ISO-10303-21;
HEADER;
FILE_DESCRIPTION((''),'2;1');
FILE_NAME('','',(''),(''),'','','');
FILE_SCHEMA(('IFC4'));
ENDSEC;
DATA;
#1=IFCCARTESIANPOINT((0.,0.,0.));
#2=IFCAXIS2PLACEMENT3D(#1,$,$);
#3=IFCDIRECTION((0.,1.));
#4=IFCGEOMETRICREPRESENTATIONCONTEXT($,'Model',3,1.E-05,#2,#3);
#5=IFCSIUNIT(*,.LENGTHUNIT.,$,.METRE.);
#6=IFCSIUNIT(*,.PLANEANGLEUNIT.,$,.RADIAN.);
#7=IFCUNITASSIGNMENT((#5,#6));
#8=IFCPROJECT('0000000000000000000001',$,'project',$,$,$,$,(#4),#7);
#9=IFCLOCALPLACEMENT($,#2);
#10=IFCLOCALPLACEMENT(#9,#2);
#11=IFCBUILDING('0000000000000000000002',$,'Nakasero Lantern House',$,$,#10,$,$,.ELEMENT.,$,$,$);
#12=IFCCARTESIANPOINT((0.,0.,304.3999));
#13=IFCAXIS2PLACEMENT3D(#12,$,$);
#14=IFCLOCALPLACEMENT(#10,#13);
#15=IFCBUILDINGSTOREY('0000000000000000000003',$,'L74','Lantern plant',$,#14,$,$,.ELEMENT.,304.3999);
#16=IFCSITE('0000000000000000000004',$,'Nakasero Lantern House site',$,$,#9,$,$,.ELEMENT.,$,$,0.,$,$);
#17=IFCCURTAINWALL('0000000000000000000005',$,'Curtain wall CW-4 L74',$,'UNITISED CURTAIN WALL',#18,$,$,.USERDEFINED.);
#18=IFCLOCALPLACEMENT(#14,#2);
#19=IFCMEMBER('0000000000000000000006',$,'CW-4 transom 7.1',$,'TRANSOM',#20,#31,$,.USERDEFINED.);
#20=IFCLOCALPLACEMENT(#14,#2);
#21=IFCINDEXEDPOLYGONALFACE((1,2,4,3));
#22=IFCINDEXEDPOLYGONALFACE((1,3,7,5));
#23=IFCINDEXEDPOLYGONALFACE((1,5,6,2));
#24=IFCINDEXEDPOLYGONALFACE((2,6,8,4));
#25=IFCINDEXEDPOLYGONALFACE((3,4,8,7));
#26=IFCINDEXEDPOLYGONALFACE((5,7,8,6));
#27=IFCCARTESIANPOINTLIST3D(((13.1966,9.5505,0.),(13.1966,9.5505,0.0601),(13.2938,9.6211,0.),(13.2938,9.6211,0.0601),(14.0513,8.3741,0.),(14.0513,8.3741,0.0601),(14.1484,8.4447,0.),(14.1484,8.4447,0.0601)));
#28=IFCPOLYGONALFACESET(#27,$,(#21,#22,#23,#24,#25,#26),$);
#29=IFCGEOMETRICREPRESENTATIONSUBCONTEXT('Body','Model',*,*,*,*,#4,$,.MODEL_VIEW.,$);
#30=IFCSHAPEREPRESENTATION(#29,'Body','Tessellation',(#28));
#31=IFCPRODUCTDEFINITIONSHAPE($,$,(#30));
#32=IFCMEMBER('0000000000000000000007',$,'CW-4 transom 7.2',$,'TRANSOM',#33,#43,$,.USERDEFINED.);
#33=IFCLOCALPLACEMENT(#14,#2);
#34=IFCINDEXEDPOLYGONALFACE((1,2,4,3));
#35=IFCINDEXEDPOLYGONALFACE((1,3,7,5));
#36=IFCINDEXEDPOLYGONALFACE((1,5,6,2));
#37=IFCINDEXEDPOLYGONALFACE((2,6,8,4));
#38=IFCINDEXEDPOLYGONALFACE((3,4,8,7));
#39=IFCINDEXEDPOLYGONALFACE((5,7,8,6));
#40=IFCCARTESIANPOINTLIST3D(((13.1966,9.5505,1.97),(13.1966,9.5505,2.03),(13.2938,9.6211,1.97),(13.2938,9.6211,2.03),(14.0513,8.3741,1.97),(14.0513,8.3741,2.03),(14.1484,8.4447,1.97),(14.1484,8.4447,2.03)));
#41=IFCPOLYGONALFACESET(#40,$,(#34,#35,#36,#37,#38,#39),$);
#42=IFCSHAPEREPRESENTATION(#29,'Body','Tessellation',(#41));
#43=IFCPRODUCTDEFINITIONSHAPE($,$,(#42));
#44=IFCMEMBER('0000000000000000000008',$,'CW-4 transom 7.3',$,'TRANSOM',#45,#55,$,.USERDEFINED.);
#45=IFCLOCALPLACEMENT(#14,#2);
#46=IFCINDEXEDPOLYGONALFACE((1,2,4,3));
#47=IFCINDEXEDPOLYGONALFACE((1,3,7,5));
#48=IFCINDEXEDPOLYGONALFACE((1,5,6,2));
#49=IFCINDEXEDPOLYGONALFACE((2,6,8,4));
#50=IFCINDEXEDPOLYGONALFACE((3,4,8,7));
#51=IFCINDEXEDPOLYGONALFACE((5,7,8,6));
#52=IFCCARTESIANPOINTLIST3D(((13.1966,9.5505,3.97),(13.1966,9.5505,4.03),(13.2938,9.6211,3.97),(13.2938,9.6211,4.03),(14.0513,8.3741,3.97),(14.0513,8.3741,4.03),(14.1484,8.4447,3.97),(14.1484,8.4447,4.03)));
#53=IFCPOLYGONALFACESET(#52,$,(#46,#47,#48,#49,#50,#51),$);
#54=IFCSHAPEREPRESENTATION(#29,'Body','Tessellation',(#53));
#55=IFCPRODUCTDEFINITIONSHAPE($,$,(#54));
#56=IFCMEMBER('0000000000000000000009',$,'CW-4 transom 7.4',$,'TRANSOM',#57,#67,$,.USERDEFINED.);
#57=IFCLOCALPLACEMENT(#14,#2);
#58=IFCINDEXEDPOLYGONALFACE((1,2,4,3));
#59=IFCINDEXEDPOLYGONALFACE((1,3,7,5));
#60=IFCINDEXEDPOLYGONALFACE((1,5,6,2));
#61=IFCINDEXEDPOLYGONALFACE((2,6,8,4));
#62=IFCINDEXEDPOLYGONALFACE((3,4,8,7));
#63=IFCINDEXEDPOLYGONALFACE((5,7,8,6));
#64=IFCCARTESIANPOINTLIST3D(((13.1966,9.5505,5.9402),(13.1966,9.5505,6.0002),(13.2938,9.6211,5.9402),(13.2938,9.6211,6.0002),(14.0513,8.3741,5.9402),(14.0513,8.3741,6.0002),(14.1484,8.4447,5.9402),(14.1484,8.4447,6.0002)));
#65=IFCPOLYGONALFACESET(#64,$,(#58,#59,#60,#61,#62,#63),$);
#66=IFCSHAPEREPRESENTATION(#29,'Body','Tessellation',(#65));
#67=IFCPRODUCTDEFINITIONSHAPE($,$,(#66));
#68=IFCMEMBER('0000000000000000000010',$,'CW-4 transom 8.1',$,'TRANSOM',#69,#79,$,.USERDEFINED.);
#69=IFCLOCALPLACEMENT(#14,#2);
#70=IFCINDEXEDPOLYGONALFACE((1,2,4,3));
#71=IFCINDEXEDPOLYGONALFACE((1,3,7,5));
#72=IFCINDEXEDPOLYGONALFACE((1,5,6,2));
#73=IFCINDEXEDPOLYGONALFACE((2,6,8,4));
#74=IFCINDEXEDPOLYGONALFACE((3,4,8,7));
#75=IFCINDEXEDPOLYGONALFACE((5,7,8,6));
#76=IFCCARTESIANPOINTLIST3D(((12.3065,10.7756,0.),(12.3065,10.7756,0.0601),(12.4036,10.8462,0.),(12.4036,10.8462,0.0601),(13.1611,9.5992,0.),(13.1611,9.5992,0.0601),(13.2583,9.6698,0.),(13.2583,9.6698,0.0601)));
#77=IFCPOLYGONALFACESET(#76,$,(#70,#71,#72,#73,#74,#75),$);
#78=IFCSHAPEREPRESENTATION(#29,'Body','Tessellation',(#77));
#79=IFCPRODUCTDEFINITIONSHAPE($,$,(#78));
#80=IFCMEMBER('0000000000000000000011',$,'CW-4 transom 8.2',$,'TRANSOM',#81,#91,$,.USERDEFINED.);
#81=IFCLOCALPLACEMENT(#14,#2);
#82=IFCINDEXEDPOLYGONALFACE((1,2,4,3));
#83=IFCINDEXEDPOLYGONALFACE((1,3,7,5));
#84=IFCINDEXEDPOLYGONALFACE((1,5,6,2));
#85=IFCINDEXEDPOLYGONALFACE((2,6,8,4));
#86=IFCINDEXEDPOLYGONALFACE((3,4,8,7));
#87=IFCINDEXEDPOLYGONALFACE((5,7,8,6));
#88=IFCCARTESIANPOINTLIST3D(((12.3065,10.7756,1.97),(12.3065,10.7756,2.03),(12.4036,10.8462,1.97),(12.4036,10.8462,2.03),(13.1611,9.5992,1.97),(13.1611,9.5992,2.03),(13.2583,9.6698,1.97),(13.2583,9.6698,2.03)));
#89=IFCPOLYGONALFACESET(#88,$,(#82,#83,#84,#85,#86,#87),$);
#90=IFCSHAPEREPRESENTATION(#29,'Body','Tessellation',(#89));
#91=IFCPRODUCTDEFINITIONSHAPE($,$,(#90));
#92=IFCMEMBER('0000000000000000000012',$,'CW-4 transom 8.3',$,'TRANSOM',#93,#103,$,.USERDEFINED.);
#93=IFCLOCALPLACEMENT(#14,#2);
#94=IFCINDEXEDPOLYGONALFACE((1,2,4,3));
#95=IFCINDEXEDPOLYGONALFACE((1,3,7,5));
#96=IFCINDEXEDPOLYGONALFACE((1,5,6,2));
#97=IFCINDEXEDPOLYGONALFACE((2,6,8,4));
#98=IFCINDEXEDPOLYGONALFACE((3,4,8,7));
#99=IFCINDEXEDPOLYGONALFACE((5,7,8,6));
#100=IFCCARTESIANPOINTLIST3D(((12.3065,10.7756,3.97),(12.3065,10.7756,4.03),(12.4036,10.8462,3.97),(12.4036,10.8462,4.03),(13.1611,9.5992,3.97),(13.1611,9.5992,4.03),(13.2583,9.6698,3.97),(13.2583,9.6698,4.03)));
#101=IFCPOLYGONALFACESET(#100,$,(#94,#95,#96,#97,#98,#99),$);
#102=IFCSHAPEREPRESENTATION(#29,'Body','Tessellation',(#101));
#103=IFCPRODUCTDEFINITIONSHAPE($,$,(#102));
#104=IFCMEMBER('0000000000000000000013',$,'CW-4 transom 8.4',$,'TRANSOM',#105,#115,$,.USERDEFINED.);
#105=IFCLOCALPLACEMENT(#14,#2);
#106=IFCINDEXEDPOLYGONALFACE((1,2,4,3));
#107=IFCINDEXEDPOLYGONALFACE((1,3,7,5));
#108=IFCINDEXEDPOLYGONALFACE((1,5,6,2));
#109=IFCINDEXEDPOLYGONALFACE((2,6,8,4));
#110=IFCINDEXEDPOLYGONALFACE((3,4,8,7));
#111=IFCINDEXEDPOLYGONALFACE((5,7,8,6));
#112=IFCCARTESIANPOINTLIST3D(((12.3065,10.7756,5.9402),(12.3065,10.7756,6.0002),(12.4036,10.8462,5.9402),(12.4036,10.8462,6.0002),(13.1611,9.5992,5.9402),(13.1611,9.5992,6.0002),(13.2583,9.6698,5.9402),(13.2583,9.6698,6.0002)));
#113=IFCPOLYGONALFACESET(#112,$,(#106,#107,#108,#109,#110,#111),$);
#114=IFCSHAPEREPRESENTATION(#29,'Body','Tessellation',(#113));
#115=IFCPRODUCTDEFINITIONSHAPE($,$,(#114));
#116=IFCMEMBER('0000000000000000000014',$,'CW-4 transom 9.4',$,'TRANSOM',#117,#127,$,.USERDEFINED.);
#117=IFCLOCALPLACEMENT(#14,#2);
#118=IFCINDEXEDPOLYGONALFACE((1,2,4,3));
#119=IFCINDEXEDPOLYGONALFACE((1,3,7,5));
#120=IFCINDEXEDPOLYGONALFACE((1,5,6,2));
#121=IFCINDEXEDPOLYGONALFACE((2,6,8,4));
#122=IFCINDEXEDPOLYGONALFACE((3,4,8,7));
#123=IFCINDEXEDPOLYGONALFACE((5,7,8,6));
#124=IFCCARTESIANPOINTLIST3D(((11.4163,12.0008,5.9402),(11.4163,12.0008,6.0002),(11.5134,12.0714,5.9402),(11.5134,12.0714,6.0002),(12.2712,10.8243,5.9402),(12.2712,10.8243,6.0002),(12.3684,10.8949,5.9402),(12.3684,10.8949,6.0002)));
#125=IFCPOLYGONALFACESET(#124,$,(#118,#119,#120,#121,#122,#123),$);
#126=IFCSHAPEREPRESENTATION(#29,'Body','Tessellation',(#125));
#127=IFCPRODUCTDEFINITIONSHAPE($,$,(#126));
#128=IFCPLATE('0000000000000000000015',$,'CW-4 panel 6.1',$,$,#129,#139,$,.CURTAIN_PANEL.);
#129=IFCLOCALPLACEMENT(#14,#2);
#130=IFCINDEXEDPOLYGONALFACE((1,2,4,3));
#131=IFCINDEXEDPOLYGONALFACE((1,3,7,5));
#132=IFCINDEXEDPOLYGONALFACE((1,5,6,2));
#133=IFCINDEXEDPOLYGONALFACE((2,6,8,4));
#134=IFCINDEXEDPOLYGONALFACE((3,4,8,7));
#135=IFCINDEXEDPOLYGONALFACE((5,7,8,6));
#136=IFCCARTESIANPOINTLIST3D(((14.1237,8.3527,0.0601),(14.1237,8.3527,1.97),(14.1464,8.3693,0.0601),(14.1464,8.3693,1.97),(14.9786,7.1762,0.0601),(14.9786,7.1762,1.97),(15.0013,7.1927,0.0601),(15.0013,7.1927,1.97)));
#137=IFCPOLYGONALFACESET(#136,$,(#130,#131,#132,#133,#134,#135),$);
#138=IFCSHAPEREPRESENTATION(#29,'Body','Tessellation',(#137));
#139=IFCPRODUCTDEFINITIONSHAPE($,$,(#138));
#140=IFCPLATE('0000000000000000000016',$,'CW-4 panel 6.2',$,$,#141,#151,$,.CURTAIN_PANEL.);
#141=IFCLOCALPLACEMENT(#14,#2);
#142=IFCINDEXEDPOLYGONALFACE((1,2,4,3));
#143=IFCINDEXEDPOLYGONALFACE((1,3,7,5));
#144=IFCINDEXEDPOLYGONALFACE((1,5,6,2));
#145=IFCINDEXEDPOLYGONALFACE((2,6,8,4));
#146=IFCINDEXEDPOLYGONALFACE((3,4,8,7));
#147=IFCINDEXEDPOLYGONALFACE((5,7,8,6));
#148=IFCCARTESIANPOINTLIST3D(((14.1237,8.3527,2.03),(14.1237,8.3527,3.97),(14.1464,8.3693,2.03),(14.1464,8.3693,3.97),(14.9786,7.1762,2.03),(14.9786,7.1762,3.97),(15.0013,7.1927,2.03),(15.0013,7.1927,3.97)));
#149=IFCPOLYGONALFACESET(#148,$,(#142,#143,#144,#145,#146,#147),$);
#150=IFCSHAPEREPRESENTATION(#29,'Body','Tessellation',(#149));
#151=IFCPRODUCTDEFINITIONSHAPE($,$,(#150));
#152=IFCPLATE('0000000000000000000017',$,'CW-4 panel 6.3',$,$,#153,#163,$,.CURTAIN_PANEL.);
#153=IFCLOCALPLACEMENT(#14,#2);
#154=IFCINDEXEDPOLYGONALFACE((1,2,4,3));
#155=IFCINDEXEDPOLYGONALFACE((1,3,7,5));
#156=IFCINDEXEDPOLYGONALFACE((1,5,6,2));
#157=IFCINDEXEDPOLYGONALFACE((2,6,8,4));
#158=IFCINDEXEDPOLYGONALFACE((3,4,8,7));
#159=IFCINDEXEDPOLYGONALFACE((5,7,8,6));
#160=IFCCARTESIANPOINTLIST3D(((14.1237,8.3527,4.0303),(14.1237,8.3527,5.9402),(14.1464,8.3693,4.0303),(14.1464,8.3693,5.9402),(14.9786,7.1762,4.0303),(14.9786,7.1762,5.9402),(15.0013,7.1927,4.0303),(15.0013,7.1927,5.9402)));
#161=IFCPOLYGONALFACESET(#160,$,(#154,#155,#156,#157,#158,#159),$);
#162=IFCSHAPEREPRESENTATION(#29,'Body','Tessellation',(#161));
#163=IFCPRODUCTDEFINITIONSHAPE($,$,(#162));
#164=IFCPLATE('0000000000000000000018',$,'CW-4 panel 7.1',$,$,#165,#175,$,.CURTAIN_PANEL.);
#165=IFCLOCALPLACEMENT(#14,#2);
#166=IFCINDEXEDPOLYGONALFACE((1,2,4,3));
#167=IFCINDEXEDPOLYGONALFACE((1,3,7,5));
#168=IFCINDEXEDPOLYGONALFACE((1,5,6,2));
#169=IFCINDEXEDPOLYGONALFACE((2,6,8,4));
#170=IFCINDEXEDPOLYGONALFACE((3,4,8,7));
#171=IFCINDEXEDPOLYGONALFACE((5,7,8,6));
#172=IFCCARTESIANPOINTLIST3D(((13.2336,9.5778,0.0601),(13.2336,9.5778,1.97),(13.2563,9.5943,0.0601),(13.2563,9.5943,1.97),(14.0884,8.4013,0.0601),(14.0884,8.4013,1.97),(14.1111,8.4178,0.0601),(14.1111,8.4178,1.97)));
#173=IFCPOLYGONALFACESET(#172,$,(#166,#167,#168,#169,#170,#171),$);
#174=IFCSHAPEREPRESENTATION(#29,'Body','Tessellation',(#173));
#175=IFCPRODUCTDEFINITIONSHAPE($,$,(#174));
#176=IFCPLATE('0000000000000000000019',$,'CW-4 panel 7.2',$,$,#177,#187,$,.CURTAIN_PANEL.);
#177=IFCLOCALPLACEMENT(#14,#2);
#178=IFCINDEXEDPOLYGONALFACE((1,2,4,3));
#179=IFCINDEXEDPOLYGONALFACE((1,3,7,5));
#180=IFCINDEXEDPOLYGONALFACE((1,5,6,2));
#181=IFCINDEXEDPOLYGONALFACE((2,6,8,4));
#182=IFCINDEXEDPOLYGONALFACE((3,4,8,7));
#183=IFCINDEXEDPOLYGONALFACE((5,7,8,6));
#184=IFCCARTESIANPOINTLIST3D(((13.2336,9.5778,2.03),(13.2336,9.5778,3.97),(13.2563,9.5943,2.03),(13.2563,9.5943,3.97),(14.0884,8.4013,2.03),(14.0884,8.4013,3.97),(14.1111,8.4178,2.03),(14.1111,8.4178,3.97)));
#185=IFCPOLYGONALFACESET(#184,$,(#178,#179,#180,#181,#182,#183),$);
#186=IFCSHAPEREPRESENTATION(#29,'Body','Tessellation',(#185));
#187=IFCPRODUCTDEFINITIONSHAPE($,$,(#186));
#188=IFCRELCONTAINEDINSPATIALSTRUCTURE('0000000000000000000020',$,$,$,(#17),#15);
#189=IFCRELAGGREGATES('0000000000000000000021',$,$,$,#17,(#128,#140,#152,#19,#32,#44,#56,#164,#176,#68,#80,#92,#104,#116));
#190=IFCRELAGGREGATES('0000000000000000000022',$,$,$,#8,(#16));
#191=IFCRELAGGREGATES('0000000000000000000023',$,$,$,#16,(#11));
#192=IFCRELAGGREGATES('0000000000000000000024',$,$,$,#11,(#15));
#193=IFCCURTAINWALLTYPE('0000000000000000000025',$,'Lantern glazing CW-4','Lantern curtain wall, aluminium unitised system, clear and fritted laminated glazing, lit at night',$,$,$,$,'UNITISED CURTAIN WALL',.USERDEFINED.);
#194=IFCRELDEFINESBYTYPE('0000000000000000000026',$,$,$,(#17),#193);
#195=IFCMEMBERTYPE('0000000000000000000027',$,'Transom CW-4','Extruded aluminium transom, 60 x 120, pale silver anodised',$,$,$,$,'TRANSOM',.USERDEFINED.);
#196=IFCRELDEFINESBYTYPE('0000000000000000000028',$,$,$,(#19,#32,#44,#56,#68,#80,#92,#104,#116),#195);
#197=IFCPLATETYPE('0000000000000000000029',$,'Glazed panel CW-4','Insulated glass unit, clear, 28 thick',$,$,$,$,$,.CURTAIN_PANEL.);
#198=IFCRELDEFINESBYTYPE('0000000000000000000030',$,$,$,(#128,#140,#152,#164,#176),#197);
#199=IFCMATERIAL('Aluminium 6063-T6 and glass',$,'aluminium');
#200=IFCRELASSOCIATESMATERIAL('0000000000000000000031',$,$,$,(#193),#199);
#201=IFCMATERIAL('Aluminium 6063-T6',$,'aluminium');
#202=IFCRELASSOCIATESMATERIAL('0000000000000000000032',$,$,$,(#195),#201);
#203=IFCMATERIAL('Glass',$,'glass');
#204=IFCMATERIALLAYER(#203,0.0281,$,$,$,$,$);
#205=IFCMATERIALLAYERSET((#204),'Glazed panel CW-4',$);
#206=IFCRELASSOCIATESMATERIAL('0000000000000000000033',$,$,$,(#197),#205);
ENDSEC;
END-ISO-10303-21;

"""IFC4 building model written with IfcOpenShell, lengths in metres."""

from ifc_helpers import new_model, si_unit, direction, frame, origin, origin_2d, place, context, subcontext, project, spatial, rectangle, extrude, material, layer, layer_set, material_profile, profile_set, type_object, element, aggregate, save


model = new_model("IFC4")

# Units and contexts
model_context = context("Model", 3, precision=1e-05, world=origin(), true_north=direction((0.0, 1.0)))
body_context = subcontext(model_context, "Body", "Model", "MODEL_VIEW")
ifc_project = project(units=[si_unit("LENGTHUNIT", "METRE"), si_unit("PLANEANGLEUNIT", "RADIAN")], contexts=[model_context])

# Site, building, storey
site_placement = place(None, origin())
site = spatial("IfcSite", under=ifc_project, at=site_placement, Name="Nakasero Lantern House site", CompositionType="ELEMENT", RefElevation=0.0)
building_placement = place(site_placement, origin())
building = spatial("IfcBuilding", under=site, at=building_placement, Name="Nakasero Lantern House", CompositionType="ELEMENT")
storey_placement = place(building_placement, frame((0.0, 0.0, 304.3999)))
storey = spatial("IfcBuildingStorey", under=building, at=storey_placement, Name="L74", Description="Lantern plant", CompositionType="ELEMENT", Elevation=304.3999)

# Curtain wall
ifc_material_1 = material(Name="Aluminium 6063-T6 and glass", Category="aluminium")
curtain_wall_type = type_object("IfcCurtainWallType", Name="Lantern glazing CW-4", Description="Lantern curtain wall, aluminium unitised system, clear and fritted laminated glazing, lit at night", ElementType="UNITISED CURTAIN WALL", PredefinedType="USERDEFINED", material=ifc_material_1)
curtain_wall_placement = place(storey_placement, origin())
curtain_wall = element("IfcCurtainWall", 1, at=curtain_wall_placement, inside=storey, type_object=curtain_wall_type, Name="Curtain wall CW-4 L74", ObjectType="UNITISED CURTAIN WALL", PredefinedType="USERDEFINED")

# Members
ifc_material_2 = material(Name="Aluminium 6063-T6", Category="aluminium")
ifc_material_profile_1 = material_profile(ifc_material_2, rectangle(XDim=0.0601, YDim=0.1201, at=origin_2d()), Name="CW-4 transom 60x120")
ifc_profile_set_1 = profile_set([ifc_material_profile_1], Name="Aluminium 6063-T6")
member_type_1 = type_object("IfcMemberType", Name="Transom CW-4", Description="Extruded aluminium transom, 60 x 120, pale silver anodised", ElementType="TRANSOM", PredefinedType="USERDEFINED", material=ifc_profile_set_1)
member_1_placement = place(storey_placement, frame((14.0999, 8.4094, 0.03), z_axis=(-0.587762, 0.809034, 0.0), x_axis=(0.0, 0.0, 1.0)))
member_1 = element("IfcMember", 2, at=member_1_placement, type_object=member_type_1, Name="CW-4 transom 7.1", ObjectType="TRANSOM", PredefinedType="USERDEFINED", context=body_context, shape_type="SweptSolid", body=[
    extrude(rectangle(XDim=0.0601, YDim=0.1201, at=origin_2d()), origin(), (0.0, 0.0, 1.0), 1.4541),
])
member_2_placement = place(storey_placement, frame((14.0999, 8.4094, 2.0), z_axis=(-0.587762, 0.809034, 0.0), x_axis=(0.0, 0.0, 1.0)))
member_2 = element("IfcMember", 3, at=member_2_placement, type_object=member_type_1, Name="CW-4 transom 7.2", ObjectType="TRANSOM", PredefinedType="USERDEFINED", context=body_context, shape_type="SweptSolid", body=[
    extrude(rectangle(XDim=0.0601, YDim=0.1201, at=origin_2d()), origin(), (0.0, 0.0, 1.0), 1.4541),
])
member_3_placement = place(storey_placement, frame((14.0999, 8.4094, 4.0), z_axis=(-0.587762, 0.809034, 0.0), x_axis=(0.0, 0.0, 1.0)))
member_3 = element("IfcMember", 4, at=member_3_placement, type_object=member_type_1, Name="CW-4 transom 7.3", ObjectType="TRANSOM", PredefinedType="USERDEFINED", context=body_context, shape_type="SweptSolid", body=[
    extrude(rectangle(XDim=0.0601, YDim=0.1201, at=origin_2d()), origin(), (0.0, 0.0, 1.0), 1.4541),
])
member_4_placement = place(storey_placement, frame((14.0999, 8.4094, 5.9702), z_axis=(-0.587762, 0.809034, 0.0), x_axis=(0.0, 0.0, 1.0)))
member_4 = element("IfcMember", 5, at=member_4_placement, type_object=member_type_1, Name="CW-4 transom 7.4", ObjectType="TRANSOM", PredefinedType="USERDEFINED", context=body_context, shape_type="SweptSolid", body=[
    extrude(rectangle(XDim=0.0601, YDim=0.1201, at=origin_2d()), origin(), (0.0, 0.0, 1.0), 1.4541),
])
member_5_placement = place(storey_placement, frame((13.2097, 9.6345, 0.03), z_axis=(-0.587762, 0.809034, 0.0), x_axis=(0.0, 0.0, 1.0)))
member_5 = element("IfcMember", 6, at=member_5_placement, type_object=member_type_1, Name="CW-4 transom 8.1", ObjectType="TRANSOM", PredefinedType="USERDEFINED", context=body_context, shape_type="SweptSolid", body=[
    extrude(rectangle(XDim=0.0601, YDim=0.1201, at=origin_2d()), origin(), (0.0, 0.0, 1.0), 1.4541),
])
member_6_placement = place(storey_placement, frame((13.2097, 9.6345, 2.0), z_axis=(-0.587762, 0.809034, 0.0), x_axis=(0.0, 0.0, 1.0)))
member_6 = element("IfcMember", 7, at=member_6_placement, type_object=member_type_1, Name="CW-4 transom 8.2", ObjectType="TRANSOM", PredefinedType="USERDEFINED", context=body_context, shape_type="SweptSolid", body=[
    extrude(rectangle(XDim=0.0601, YDim=0.1201, at=origin_2d()), origin(), (0.0, 0.0, 1.0), 1.4541),
])
member_7_placement = place(storey_placement, frame((13.2097, 9.6345, 4.0), z_axis=(-0.587762, 0.809034, 0.0), x_axis=(0.0, 0.0, 1.0)))
member_7 = element("IfcMember", 8, at=member_7_placement, type_object=member_type_1, Name="CW-4 transom 8.3", ObjectType="TRANSOM", PredefinedType="USERDEFINED", context=body_context, shape_type="SweptSolid", body=[
    extrude(rectangle(XDim=0.0601, YDim=0.1201, at=origin_2d()), origin(), (0.0, 0.0, 1.0), 1.4541),
])
member_8_placement = place(storey_placement, frame((13.2097, 9.6345, 5.9702), z_axis=(-0.587762, 0.809034, 0.0), x_axis=(0.0, 0.0, 1.0)))
member_8 = element("IfcMember", 9, at=member_8_placement, type_object=member_type_1, Name="CW-4 transom 8.4", ObjectType="TRANSOM", PredefinedType="USERDEFINED", context=body_context, shape_type="SweptSolid", body=[
    extrude(rectangle(XDim=0.0601, YDim=0.1201, at=origin_2d()), origin(), (0.0, 0.0, 1.0), 1.4541),
])
member_9_placement = place(storey_placement, frame((12.3198, 10.8596, 5.9702), z_axis=(-0.587872, 0.808954, 0.0), x_axis=(0.0, 0.0, 1.0)))
member_9 = element("IfcMember", 10, at=member_9_placement, type_object=member_type_1, Name="CW-4 transom 9.4", ObjectType="TRANSOM", PredefinedType="USERDEFINED", context=body_context, shape_type="SweptSolid", body=[
    extrude(rectangle(XDim=0.0601, YDim=0.1201, at=origin_2d()), origin(), (0.0, 0.0, 1.0), 1.4543),
])

# Plates
ifc_material_3 = material(Name="Glass", Category="glass")
ifc_layer = layer(ifc_material_3, 0.0281)
ifc_layer_set = layer_set([ifc_layer], Name="Glazed panel CW-4")
plate_type = type_object("IfcPlateType", Name="Glazed panel CW-4", Description="Insulated glass unit, clear, 28 thick", PredefinedType="CURTAIN_PANEL", material=ifc_layer_set)
plate_1_placement = place(storey_placement, frame((14.5625, 7.7727, 0.0601), z_axis=(0.0, 0.0, 1.0), x_axis=(-0.587785, 0.809017, 0.0)))
plate_1 = element("IfcPlate", 11, at=plate_1_placement, type_object=plate_type, Name="CW-4 panel 6.1", PredefinedType="CURTAIN_PANEL", context=body_context, shape_type="SweptSolid", body=[
    extrude(rectangle(XDim=1.4543, YDim=0.0281, at=origin_2d()), origin(), (0.0, 0.0, 1.0), 1.9099),
])
plate_2_placement = place(storey_placement, frame((14.5625, 7.7727, 2.03), z_axis=(0.0, 0.0, 1.0), x_axis=(-0.587785, 0.809017, 0.0)))
plate_2 = element("IfcPlate", 12, at=plate_2_placement, type_object=plate_type, Name="CW-4 panel 6.2", PredefinedType="CURTAIN_PANEL", context=body_context, shape_type="SweptSolid", body=[
    extrude(rectangle(XDim=1.4543, YDim=0.0281, at=origin_2d()), origin(), (0.0, 0.0, 1.0), 1.9399),
])
plate_3_placement = place(storey_placement, frame((14.5625, 7.7727, 4.0303), z_axis=(0.0, 0.0, 1.0), x_axis=(-0.587785, 0.809017, 0.0)))
plate_3 = element("IfcPlate", 13, at=plate_3_placement, type_object=plate_type, Name="CW-4 panel 6.3", PredefinedType="CURTAIN_PANEL", context=body_context, shape_type="SweptSolid", body=[
    extrude(rectangle(XDim=1.4543, YDim=0.0281, at=origin_2d()), origin(), (0.0, 0.0, 1.0), 1.9099),
])
plate_4_placement = place(storey_placement, frame((13.6724, 8.9978, 0.0601), z_axis=(0.0, 0.0, 1.0), x_axis=(-0.587785, 0.809017, 0.0)))
plate_4 = element("IfcPlate", 14, at=plate_4_placement, type_object=plate_type, Name="CW-4 panel 7.1", PredefinedType="CURTAIN_PANEL", context=body_context, shape_type="SweptSolid", body=[
    extrude(rectangle(XDim=1.4543, YDim=0.0281, at=origin_2d()), origin(), (0.0, 0.0, 1.0), 1.9099),
])
plate_5_placement = place(storey_placement, frame((13.6724, 8.9978, 2.03), z_axis=(0.0, 0.0, 1.0), x_axis=(-0.587785, 0.809017, 0.0)))
plate_5 = element("IfcPlate", 15, at=plate_5_placement, type_object=plate_type, Name="CW-4 panel 7.2", PredefinedType="CURTAIN_PANEL", context=body_context, shape_type="SweptSolid", body=[
    extrude(rectangle(XDim=1.4543, YDim=0.0281, at=origin_2d()), origin(), (0.0, 0.0, 1.0), 1.9399),
])
aggregate(curtain_wall, [plate_1, plate_2, plate_3, member_1, member_2, member_3, member_4, plate_4, plate_5, member_5, member_6, member_7, member_8, member_9])

save(model, "model.ifc")
